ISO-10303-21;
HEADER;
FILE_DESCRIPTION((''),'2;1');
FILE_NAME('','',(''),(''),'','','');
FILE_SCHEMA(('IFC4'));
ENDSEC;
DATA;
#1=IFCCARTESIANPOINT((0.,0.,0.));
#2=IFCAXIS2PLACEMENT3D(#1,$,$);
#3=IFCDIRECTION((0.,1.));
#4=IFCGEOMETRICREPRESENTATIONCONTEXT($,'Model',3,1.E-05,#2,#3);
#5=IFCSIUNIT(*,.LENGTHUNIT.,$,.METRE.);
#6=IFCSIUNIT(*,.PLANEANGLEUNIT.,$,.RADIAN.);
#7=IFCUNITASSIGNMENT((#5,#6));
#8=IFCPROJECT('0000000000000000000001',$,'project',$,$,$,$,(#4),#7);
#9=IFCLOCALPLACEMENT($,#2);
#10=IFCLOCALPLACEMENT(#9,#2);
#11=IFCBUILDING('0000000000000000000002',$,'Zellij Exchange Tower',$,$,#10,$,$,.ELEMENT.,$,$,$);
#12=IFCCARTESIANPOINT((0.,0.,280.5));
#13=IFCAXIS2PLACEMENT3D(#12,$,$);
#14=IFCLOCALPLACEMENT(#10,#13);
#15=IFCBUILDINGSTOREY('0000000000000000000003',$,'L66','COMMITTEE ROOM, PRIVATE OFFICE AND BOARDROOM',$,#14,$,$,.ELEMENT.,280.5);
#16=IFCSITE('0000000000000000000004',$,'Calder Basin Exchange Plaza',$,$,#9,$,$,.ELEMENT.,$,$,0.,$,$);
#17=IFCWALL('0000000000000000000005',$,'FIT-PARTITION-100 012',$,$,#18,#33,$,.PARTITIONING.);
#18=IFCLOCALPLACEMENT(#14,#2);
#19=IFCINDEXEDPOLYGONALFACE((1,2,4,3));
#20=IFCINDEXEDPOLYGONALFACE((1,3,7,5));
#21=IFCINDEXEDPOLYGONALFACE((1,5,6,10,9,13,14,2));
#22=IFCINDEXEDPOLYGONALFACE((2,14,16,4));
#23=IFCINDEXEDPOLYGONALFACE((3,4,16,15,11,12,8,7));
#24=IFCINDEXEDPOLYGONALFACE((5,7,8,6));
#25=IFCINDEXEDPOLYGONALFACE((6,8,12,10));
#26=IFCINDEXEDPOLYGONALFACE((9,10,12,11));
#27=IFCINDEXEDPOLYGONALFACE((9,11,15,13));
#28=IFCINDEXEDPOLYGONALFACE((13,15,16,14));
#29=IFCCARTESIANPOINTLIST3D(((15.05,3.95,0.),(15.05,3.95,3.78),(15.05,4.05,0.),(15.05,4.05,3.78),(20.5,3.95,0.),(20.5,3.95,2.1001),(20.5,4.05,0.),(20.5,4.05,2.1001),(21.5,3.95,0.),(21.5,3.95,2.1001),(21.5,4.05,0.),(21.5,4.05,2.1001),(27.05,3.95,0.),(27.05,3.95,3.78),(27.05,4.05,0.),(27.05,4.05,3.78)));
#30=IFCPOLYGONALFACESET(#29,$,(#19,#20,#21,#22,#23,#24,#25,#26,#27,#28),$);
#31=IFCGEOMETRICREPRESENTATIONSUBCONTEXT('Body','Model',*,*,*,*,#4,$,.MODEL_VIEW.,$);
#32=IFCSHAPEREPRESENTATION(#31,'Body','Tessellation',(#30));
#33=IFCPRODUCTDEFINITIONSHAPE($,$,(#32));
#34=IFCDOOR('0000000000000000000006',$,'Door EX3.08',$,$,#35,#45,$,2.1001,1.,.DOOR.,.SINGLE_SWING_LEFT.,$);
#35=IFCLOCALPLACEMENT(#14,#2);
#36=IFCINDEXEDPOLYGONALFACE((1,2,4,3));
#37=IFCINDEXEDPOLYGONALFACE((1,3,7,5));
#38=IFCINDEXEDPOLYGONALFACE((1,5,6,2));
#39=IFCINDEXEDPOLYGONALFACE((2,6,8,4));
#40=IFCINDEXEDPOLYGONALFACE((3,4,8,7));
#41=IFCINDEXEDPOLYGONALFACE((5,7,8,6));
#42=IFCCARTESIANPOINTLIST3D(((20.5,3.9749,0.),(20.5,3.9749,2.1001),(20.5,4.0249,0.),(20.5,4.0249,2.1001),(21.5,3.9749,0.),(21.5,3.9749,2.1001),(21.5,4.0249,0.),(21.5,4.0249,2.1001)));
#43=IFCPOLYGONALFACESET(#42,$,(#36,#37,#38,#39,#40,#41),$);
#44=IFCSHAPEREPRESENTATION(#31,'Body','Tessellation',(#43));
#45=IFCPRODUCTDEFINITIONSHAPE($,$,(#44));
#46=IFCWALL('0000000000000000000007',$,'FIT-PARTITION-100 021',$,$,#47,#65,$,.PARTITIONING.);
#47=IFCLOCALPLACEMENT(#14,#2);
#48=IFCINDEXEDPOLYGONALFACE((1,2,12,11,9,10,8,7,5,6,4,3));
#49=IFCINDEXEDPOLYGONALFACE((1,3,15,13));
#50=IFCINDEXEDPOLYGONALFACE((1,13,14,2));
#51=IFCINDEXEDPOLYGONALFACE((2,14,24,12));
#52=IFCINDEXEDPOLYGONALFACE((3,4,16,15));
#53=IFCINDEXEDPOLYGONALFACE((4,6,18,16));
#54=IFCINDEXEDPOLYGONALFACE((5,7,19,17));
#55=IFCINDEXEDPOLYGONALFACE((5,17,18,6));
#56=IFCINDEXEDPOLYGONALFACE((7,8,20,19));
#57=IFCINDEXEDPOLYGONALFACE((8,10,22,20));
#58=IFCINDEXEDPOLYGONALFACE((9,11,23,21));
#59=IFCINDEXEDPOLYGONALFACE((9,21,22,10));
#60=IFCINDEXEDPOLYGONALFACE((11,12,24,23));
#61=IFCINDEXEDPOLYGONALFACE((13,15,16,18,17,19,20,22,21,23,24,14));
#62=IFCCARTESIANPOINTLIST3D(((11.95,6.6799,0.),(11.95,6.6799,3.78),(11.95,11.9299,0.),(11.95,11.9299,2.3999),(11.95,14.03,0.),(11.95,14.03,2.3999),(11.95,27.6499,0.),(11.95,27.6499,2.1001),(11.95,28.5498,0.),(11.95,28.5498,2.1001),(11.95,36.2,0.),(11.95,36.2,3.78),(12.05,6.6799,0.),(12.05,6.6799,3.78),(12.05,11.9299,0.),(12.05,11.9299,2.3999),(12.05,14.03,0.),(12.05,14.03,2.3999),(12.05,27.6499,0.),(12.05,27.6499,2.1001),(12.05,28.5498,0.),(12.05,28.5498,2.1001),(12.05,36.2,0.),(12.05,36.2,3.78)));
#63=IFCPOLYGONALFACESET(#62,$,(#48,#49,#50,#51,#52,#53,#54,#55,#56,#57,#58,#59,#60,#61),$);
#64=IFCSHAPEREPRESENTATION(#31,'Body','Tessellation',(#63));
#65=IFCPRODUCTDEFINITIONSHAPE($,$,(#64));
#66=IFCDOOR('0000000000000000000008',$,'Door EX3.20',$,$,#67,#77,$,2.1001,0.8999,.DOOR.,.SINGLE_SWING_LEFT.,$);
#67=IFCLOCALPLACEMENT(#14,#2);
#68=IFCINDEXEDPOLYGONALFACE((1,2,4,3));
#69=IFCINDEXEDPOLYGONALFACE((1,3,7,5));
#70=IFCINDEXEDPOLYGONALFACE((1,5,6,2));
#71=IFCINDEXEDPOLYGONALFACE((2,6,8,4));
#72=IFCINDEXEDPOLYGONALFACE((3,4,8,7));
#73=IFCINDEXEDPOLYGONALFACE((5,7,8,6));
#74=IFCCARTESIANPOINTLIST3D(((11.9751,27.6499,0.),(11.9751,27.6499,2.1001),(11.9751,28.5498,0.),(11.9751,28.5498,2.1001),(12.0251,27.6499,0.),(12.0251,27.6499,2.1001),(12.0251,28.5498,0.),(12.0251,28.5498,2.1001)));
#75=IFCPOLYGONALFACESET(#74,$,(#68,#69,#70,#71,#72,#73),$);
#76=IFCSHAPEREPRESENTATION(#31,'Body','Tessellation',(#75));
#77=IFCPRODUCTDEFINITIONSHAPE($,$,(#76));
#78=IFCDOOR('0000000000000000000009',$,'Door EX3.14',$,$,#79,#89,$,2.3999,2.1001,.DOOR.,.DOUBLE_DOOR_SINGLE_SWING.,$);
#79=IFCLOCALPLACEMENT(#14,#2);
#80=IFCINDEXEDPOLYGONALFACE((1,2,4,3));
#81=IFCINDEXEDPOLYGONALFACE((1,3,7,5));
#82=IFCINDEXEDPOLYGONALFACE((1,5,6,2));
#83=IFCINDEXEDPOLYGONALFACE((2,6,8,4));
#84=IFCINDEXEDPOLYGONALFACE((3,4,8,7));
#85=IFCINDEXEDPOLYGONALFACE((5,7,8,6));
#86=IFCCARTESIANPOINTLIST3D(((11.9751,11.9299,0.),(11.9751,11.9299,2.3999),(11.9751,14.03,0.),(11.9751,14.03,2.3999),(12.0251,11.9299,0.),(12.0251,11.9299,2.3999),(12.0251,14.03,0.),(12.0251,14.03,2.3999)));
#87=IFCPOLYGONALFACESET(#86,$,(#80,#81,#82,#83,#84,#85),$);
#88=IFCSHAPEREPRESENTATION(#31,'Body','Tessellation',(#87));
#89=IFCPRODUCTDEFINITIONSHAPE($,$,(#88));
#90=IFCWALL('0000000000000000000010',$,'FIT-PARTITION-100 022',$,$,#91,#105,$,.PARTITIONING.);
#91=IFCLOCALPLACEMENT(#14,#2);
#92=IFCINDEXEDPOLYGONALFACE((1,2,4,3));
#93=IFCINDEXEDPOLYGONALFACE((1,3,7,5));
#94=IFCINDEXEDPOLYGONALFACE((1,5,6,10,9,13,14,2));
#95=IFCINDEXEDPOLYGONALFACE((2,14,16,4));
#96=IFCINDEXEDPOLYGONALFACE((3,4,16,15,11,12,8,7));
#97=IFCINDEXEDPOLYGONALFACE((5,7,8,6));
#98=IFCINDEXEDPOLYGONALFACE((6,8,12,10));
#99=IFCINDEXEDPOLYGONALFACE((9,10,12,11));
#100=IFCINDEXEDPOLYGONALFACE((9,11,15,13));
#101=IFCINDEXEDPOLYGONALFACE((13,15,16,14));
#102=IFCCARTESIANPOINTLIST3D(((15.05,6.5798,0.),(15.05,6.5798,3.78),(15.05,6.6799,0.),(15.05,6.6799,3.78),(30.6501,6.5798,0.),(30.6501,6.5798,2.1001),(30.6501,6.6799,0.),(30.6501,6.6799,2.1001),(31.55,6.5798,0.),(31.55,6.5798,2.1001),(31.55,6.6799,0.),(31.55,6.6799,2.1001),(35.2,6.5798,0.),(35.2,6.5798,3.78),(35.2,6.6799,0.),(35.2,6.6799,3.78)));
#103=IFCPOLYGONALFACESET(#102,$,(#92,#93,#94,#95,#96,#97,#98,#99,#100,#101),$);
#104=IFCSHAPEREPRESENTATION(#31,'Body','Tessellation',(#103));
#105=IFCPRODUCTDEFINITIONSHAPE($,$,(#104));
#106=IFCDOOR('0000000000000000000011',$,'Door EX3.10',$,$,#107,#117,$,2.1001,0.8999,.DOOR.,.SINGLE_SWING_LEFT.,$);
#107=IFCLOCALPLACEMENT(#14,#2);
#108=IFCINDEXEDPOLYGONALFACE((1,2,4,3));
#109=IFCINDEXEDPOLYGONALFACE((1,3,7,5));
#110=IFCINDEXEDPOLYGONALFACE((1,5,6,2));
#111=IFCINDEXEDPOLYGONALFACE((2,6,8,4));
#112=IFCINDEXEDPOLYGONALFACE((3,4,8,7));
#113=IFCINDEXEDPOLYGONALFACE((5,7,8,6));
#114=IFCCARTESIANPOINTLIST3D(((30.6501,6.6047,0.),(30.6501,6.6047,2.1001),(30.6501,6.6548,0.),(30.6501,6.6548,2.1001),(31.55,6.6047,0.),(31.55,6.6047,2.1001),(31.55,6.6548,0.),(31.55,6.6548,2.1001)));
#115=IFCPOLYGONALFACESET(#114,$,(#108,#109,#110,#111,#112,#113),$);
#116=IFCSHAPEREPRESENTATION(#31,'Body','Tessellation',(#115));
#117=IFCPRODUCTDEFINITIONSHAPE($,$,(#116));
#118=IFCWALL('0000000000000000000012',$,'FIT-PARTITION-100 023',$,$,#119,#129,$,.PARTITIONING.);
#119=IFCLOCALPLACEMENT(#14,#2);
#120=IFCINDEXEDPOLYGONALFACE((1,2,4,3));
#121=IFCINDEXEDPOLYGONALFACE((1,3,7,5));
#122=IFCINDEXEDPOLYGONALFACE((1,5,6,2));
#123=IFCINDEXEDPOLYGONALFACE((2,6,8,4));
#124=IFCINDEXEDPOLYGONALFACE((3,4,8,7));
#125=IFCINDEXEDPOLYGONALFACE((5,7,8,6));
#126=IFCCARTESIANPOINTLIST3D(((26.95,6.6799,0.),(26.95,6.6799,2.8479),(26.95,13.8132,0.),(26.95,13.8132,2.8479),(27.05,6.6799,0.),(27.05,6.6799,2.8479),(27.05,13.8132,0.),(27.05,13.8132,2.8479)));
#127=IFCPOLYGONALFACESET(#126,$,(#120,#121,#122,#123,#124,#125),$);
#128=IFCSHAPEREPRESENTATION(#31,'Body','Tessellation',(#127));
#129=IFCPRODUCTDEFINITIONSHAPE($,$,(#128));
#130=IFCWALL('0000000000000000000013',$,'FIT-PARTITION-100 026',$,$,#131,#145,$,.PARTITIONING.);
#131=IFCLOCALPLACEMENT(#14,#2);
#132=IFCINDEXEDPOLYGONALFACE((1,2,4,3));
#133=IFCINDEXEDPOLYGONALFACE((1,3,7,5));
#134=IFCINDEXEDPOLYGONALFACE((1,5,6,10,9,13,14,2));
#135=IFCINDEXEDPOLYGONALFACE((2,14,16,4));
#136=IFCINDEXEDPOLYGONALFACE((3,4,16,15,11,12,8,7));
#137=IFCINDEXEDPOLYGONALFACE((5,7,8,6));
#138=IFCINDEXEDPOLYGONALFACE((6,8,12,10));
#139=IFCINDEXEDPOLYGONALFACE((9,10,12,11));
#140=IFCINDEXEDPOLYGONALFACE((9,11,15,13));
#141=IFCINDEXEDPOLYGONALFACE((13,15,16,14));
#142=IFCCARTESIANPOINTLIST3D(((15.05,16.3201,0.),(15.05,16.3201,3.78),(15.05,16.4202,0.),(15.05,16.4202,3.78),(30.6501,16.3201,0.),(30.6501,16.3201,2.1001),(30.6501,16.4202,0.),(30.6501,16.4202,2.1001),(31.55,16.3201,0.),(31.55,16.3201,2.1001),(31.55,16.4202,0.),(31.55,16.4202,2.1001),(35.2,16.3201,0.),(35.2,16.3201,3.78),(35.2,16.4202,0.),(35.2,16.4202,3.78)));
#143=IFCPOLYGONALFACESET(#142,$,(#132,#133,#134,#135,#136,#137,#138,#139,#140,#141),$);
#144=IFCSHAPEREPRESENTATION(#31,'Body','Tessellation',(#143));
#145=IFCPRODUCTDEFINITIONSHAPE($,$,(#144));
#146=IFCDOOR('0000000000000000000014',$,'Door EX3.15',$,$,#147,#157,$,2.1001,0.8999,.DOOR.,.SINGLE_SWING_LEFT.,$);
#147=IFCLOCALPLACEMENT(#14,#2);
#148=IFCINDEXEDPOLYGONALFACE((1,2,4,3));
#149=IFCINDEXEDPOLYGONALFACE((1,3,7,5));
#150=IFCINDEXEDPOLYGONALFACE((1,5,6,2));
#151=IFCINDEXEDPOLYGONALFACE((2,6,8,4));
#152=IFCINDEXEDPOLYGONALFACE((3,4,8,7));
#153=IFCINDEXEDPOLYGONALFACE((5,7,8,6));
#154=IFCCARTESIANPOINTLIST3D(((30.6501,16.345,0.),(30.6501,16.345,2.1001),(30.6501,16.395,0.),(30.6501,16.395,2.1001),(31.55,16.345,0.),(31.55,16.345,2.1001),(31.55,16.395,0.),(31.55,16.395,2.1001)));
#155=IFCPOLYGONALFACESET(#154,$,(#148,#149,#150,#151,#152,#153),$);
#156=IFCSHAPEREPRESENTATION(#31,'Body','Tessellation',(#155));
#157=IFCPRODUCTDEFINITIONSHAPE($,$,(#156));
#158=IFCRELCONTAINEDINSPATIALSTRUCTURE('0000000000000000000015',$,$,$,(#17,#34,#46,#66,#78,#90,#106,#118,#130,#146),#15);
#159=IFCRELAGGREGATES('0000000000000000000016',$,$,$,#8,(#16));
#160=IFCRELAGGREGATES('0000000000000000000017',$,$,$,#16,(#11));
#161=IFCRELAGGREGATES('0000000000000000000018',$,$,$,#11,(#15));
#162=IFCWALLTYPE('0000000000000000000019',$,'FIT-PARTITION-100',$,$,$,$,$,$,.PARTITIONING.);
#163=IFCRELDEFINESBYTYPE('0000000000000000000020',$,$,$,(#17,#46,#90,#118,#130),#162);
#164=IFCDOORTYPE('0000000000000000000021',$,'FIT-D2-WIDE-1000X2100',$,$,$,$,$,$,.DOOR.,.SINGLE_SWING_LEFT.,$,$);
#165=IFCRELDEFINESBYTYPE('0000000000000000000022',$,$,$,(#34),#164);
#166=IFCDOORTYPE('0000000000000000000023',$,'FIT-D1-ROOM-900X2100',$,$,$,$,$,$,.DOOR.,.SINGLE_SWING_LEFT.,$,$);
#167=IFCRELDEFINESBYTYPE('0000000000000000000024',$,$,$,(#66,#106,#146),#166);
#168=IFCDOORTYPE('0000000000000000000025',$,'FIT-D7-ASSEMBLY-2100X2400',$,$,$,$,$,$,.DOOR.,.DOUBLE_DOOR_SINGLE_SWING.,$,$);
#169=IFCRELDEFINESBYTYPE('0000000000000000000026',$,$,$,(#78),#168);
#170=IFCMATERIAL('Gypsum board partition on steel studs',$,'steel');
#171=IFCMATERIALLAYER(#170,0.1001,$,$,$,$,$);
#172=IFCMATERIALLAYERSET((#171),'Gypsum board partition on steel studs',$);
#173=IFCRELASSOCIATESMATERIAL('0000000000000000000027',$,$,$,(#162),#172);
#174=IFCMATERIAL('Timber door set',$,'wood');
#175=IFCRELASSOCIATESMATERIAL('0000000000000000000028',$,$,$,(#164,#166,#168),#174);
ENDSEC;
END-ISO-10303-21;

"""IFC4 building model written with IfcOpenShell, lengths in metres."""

from ifc_helpers import new_model, si_unit, direction, frame, frame_2d, origin, place, context, subcontext, project, spatial, rectangle, extrude, material, layer, layer_set, type_object, element, fill, save


model = new_model("IFC4")

# Units and contexts
model_context = context("Model", 3, precision=1e-05, world=origin(), true_north=direction((0.0, 1.0)))
body_context = subcontext(model_context, "Body", "Model", "MODEL_VIEW")
ifc_project = project(units=[si_unit("LENGTHUNIT", "METRE"), si_unit("PLANEANGLEUNIT", "RADIAN")], contexts=[model_context])

# Site, building, storey
site_placement = place(None, origin())
site = spatial("IfcSite", under=ifc_project, at=site_placement, Name="Calder Basin Exchange Plaza", CompositionType="ELEMENT", RefElevation=0.0)
building_placement = place(site_placement, origin())
building = spatial("IfcBuilding", under=site, at=building_placement, Name="Zellij Exchange Tower", CompositionType="ELEMENT")
storey_placement = place(building_placement, frame((0.0, 0.0, 280.5)))
storey = spatial("IfcBuildingStorey", under=building, at=storey_placement, Name="L66", Description="COMMITTEE ROOM, PRIVATE OFFICE AND BOARDROOM", CompositionType="ELEMENT", Elevation=280.5)

# Wall, opening, door
ifc_material_1 = material(Name="Gypsum board partition on steel studs", Category="steel")
ifc_layer = layer(ifc_material_1, 0.1001)
ifc_layer_set = layer_set([ifc_layer], Name="Gypsum board partition on steel studs")
wall_type = type_object("IfcWallType", Name="FIT-PARTITION-100", PredefinedType="PARTITIONING", material=ifc_layer_set)
wall_1_placement = place(storey_placement, frame((15.05, 4.0, 0.0), z_axis=(0.0, 0.0, 1.0), x_axis=(1.0, 0.0, 0.0)))
wall_1 = element("IfcWall", 1, at=wall_1_placement, inside=storey, type_object=wall_type, Name="FIT-PARTITION-100 012", PredefinedType="PARTITIONING", context=body_context, shape_type="SweptSolid", body=[
    extrude(rectangle(XDim=12.0, YDim=0.1001, at=frame_2d((6.0, 0.0))), origin(), (0.0, 0.0, 1.0), 3.78),
])
opening_1_placement = place(wall_1_placement, frame((5.45, 0.0, 0.0)))
opening_1 = element("IfcOpeningElement", 2, at=opening_1_placement, cuts=wall_1, PredefinedType="OPENING", context=body_context, shape_type="SweptSolid", body=[
    extrude(rectangle(XDim=1.0, YDim=2.1001, at=frame_2d((0.5, 1.05))), frame((0.0, 0.062, 0.0), z_axis=(0.0, -1.0, 0.0), x_axis=(1.0, 0.0, 0.0)), (0.0, 0.0, 1.0), 0.124),
])
ifc_material_2 = material(Name="Timber door set", Category="wood")
door_type_1 = type_object("IfcDoorType", Name="FIT-D2-WIDE-1000X2100", OperationType="SINGLE_SWING_LEFT", PredefinedType="DOOR", material=ifc_material_2)
door_1_placement = place(opening_1_placement, origin())
door_1 = element("IfcDoor", 3, at=door_1_placement, inside=storey, type_object=door_type_1, Name="Door EX3.08", OperationType="SINGLE_SWING_LEFT", OverallHeight=2.1001, OverallWidth=1.0, PredefinedType="DOOR", context=body_context, shape_type="SweptSolid", body=[
    extrude(rectangle(XDim=1.0, YDim=2.1001, at=frame_2d((0.5, 1.05))), frame((0.0, 0.0249, 0.0), z_axis=(0.0, -1.0, 0.0), x_axis=(1.0, 0.0, 0.0)), (0.0, 0.0, 1.0), 0.05),
])
fill(opening_1, door_1)

# Wall, openings, doors
wall_2_placement = place(storey_placement, frame((12.0, 6.6799, 0.0), z_axis=(0.0, 0.0, 1.0), x_axis=(0.0, 1.0, 0.0)))
wall_2 = element("IfcWall", 4, at=wall_2_placement, inside=storey, type_object=wall_type, Name="FIT-PARTITION-100 021", PredefinedType="PARTITIONING", context=body_context, shape_type="SweptSolid", body=[
    extrude(rectangle(XDim=29.52, YDim=0.1001, at=frame_2d((14.76, 0.0))), origin(), (0.0, 0.0, 1.0), 3.78),
])
opening_2_placement = place(wall_2_placement, frame((5.25, 0.0, 0.0)))
opening_2 = element("IfcOpeningElement", 5, at=opening_2_placement, cuts=wall_2, PredefinedType="OPENING", context=body_context, shape_type="SweptSolid", body=[
    extrude(rectangle(XDim=2.1001, YDim=2.3999, at=frame_2d((1.05, 1.2))), frame((0.0, 0.062, 0.0), z_axis=(0.0, -1.0, 0.0), x_axis=(1.0, 0.0, 0.0)), (0.0, 0.0, 1.0), 0.124),
])
opening_3_placement = place(wall_2_placement, frame((20.97, 0.0, 0.0)))
opening_3 = element("IfcOpeningElement", 6, at=opening_3_placement, cuts=wall_2, PredefinedType="OPENING", context=body_context, shape_type="SweptSolid", body=[
    extrude(rectangle(XDim=0.8999, YDim=2.1001, at=frame_2d((0.45, 1.05))), frame((0.0, 0.062, 0.0), z_axis=(0.0, -1.0, 0.0), x_axis=(1.0, 0.0, 0.0)), (0.0, 0.0, 1.0), 0.124),
])
door_type_2 = type_object("IfcDoorType", Name="FIT-D1-ROOM-900X2100", OperationType="SINGLE_SWING_LEFT", PredefinedType="DOOR", material=ifc_material_2)
door_2_placement = place(opening_3_placement, origin())
door_2 = element("IfcDoor", 7, at=door_2_placement, inside=storey, type_object=door_type_2, Name="Door EX3.20", OperationType="SINGLE_SWING_LEFT", OverallHeight=2.1001, OverallWidth=0.8999, PredefinedType="DOOR", context=body_context, shape_type="SweptSolid", body=[
    extrude(rectangle(XDim=0.8999, YDim=2.1001, at=frame_2d((0.45, 1.05))), frame((0.0, 0.0249, 0.0), z_axis=(0.0, -1.0, 0.0), x_axis=(1.0, 0.0, 0.0)), (0.0, 0.0, 1.0), 0.05),
])
fill(opening_3, door_2)
door_type_3 = type_object("IfcDoorType", Name="FIT-D7-ASSEMBLY-2100X2400", OperationType="DOUBLE_DOOR_SINGLE_SWING", PredefinedType="DOOR", material=ifc_material_2)
door_3_placement = place(opening_2_placement, origin())
door_3 = element("IfcDoor", 8, at=door_3_placement, inside=storey, type_object=door_type_3, Name="Door EX3.14", OperationType="DOUBLE_DOOR_SINGLE_SWING", OverallHeight=2.3999, OverallWidth=2.1001, PredefinedType="DOOR", context=body_context, shape_type="SweptSolid", body=[
    extrude(rectangle(XDim=2.1001, YDim=2.3999, at=frame_2d((1.05, 1.2))), frame((0.0, 0.0249, 0.0), z_axis=(0.0, -1.0, 0.0), x_axis=(1.0, 0.0, 0.0)), (0.0, 0.0, 1.0), 0.05),
])
fill(opening_2, door_3)

# Wall, opening, door
wall_3_placement = place(storey_placement, frame((15.05, 6.6299, 0.0), z_axis=(0.0, 0.0, 1.0), x_axis=(1.0, 0.0, 0.0)))
wall_3 = element("IfcWall", 9, at=wall_3_placement, inside=storey, type_object=wall_type, Name="FIT-PARTITION-100 022", PredefinedType="PARTITIONING", context=body_context, shape_type="SweptSolid", body=[
    extrude(rectangle(XDim=20.1499, YDim=0.1001, at=frame_2d((10.075, 0.0))), origin(), (0.0, 0.0, 1.0), 3.78),
])
opening_4_placement = place(wall_3_placement, frame((15.6001, 0.0, 0.0)))
opening_4 = element("IfcOpeningElement", 10, at=opening_4_placement, cuts=wall_3, PredefinedType="OPENING", context=body_context, shape_type="SweptSolid", body=[
    extrude(rectangle(XDim=0.8999, YDim=2.1001, at=frame_2d((0.45, 1.05))), frame((0.0, 0.062, 0.0), z_axis=(0.0, -1.0, 0.0), x_axis=(1.0, 0.0, 0.0)), (0.0, 0.0, 1.0), 0.124),
])
door_4_placement = place(opening_4_placement, origin())
door_4 = element("IfcDoor", 11, at=door_4_placement, inside=storey, type_object=door_type_2, Name="Door EX3.10", OperationType="SINGLE_SWING_LEFT", OverallHeight=2.1001, OverallWidth=0.8999, PredefinedType="DOOR", context=body_context, shape_type="SweptSolid", body=[
    extrude(rectangle(XDim=0.8999, YDim=2.1001, at=frame_2d((0.45, 1.05))), frame((0.0, 0.0249, 0.0), z_axis=(0.0, -1.0, 0.0), x_axis=(1.0, 0.0, 0.0)), (0.0, 0.0, 1.0), 0.05),
])
fill(opening_4, door_4)

# Wall
wall_4_placement = place(storey_placement, frame((27.0, 6.6799, 0.0), z_axis=(0.0, 0.0, 1.0), x_axis=(0.0, 1.0, 0.0)))
element("IfcWall", 12, at=wall_4_placement, inside=storey, type_object=wall_type, Name="FIT-PARTITION-100 023", PredefinedType="PARTITIONING", context=body_context, shape_type="SweptSolid", body=[
    extrude(rectangle(XDim=7.1333, YDim=0.1001, at=frame_2d((3.5667, 0.0))), origin(), (0.0, 0.0, 1.0), 2.8479),
])

# Wall, opening, door
wall_5_placement = place(storey_placement, frame((15.05, 16.3701, 0.0), z_axis=(0.0, 0.0, 1.0), x_axis=(1.0, 0.0, 0.0)))
wall_5 = element("IfcWall", 13, at=wall_5_placement, inside=storey, type_object=wall_type, Name="FIT-PARTITION-100 026", PredefinedType="PARTITIONING", context=body_context, shape_type="SweptSolid", body=[
    extrude(rectangle(XDim=20.1499, YDim=0.1001, at=frame_2d((10.075, 0.0))), origin(), (0.0, 0.0, 1.0), 3.78),
])
opening_5_placement = place(wall_5_placement, frame((15.6001, 0.0, 0.0)))
opening_5 = element("IfcOpeningElement", 14, at=opening_5_placement, cuts=wall_5, PredefinedType="OPENING", context=body_context, shape_type="SweptSolid", body=[
    extrude(rectangle(XDim=0.8999, YDim=2.1001, at=frame_2d((0.45, 1.05))), frame((0.0, 0.062, 0.0), z_axis=(0.0, -1.0, 0.0), x_axis=(1.0, 0.0, 0.0)), (0.0, 0.0, 1.0), 0.124),
])
door_5_placement = place(opening_5_placement, origin())
door_5 = element("IfcDoor", 15, at=door_5_placement, inside=storey, type_object=door_type_2, Name="Door EX3.15", OperationType="SINGLE_SWING_LEFT", OverallHeight=2.1001, OverallWidth=0.8999, PredefinedType="DOOR", context=body_context, shape_type="SweptSolid", body=[
    extrude(rectangle(XDim=0.8999, YDim=2.1001, at=frame_2d((0.45, 1.05))), frame((0.0, 0.0249, 0.0), z_axis=(0.0, -1.0, 0.0), x_axis=(1.0, 0.0, 0.0)), (0.0, 0.0, 1.0), 0.05),
])
fill(opening_5, door_5)

save(model, "model.ifc")
